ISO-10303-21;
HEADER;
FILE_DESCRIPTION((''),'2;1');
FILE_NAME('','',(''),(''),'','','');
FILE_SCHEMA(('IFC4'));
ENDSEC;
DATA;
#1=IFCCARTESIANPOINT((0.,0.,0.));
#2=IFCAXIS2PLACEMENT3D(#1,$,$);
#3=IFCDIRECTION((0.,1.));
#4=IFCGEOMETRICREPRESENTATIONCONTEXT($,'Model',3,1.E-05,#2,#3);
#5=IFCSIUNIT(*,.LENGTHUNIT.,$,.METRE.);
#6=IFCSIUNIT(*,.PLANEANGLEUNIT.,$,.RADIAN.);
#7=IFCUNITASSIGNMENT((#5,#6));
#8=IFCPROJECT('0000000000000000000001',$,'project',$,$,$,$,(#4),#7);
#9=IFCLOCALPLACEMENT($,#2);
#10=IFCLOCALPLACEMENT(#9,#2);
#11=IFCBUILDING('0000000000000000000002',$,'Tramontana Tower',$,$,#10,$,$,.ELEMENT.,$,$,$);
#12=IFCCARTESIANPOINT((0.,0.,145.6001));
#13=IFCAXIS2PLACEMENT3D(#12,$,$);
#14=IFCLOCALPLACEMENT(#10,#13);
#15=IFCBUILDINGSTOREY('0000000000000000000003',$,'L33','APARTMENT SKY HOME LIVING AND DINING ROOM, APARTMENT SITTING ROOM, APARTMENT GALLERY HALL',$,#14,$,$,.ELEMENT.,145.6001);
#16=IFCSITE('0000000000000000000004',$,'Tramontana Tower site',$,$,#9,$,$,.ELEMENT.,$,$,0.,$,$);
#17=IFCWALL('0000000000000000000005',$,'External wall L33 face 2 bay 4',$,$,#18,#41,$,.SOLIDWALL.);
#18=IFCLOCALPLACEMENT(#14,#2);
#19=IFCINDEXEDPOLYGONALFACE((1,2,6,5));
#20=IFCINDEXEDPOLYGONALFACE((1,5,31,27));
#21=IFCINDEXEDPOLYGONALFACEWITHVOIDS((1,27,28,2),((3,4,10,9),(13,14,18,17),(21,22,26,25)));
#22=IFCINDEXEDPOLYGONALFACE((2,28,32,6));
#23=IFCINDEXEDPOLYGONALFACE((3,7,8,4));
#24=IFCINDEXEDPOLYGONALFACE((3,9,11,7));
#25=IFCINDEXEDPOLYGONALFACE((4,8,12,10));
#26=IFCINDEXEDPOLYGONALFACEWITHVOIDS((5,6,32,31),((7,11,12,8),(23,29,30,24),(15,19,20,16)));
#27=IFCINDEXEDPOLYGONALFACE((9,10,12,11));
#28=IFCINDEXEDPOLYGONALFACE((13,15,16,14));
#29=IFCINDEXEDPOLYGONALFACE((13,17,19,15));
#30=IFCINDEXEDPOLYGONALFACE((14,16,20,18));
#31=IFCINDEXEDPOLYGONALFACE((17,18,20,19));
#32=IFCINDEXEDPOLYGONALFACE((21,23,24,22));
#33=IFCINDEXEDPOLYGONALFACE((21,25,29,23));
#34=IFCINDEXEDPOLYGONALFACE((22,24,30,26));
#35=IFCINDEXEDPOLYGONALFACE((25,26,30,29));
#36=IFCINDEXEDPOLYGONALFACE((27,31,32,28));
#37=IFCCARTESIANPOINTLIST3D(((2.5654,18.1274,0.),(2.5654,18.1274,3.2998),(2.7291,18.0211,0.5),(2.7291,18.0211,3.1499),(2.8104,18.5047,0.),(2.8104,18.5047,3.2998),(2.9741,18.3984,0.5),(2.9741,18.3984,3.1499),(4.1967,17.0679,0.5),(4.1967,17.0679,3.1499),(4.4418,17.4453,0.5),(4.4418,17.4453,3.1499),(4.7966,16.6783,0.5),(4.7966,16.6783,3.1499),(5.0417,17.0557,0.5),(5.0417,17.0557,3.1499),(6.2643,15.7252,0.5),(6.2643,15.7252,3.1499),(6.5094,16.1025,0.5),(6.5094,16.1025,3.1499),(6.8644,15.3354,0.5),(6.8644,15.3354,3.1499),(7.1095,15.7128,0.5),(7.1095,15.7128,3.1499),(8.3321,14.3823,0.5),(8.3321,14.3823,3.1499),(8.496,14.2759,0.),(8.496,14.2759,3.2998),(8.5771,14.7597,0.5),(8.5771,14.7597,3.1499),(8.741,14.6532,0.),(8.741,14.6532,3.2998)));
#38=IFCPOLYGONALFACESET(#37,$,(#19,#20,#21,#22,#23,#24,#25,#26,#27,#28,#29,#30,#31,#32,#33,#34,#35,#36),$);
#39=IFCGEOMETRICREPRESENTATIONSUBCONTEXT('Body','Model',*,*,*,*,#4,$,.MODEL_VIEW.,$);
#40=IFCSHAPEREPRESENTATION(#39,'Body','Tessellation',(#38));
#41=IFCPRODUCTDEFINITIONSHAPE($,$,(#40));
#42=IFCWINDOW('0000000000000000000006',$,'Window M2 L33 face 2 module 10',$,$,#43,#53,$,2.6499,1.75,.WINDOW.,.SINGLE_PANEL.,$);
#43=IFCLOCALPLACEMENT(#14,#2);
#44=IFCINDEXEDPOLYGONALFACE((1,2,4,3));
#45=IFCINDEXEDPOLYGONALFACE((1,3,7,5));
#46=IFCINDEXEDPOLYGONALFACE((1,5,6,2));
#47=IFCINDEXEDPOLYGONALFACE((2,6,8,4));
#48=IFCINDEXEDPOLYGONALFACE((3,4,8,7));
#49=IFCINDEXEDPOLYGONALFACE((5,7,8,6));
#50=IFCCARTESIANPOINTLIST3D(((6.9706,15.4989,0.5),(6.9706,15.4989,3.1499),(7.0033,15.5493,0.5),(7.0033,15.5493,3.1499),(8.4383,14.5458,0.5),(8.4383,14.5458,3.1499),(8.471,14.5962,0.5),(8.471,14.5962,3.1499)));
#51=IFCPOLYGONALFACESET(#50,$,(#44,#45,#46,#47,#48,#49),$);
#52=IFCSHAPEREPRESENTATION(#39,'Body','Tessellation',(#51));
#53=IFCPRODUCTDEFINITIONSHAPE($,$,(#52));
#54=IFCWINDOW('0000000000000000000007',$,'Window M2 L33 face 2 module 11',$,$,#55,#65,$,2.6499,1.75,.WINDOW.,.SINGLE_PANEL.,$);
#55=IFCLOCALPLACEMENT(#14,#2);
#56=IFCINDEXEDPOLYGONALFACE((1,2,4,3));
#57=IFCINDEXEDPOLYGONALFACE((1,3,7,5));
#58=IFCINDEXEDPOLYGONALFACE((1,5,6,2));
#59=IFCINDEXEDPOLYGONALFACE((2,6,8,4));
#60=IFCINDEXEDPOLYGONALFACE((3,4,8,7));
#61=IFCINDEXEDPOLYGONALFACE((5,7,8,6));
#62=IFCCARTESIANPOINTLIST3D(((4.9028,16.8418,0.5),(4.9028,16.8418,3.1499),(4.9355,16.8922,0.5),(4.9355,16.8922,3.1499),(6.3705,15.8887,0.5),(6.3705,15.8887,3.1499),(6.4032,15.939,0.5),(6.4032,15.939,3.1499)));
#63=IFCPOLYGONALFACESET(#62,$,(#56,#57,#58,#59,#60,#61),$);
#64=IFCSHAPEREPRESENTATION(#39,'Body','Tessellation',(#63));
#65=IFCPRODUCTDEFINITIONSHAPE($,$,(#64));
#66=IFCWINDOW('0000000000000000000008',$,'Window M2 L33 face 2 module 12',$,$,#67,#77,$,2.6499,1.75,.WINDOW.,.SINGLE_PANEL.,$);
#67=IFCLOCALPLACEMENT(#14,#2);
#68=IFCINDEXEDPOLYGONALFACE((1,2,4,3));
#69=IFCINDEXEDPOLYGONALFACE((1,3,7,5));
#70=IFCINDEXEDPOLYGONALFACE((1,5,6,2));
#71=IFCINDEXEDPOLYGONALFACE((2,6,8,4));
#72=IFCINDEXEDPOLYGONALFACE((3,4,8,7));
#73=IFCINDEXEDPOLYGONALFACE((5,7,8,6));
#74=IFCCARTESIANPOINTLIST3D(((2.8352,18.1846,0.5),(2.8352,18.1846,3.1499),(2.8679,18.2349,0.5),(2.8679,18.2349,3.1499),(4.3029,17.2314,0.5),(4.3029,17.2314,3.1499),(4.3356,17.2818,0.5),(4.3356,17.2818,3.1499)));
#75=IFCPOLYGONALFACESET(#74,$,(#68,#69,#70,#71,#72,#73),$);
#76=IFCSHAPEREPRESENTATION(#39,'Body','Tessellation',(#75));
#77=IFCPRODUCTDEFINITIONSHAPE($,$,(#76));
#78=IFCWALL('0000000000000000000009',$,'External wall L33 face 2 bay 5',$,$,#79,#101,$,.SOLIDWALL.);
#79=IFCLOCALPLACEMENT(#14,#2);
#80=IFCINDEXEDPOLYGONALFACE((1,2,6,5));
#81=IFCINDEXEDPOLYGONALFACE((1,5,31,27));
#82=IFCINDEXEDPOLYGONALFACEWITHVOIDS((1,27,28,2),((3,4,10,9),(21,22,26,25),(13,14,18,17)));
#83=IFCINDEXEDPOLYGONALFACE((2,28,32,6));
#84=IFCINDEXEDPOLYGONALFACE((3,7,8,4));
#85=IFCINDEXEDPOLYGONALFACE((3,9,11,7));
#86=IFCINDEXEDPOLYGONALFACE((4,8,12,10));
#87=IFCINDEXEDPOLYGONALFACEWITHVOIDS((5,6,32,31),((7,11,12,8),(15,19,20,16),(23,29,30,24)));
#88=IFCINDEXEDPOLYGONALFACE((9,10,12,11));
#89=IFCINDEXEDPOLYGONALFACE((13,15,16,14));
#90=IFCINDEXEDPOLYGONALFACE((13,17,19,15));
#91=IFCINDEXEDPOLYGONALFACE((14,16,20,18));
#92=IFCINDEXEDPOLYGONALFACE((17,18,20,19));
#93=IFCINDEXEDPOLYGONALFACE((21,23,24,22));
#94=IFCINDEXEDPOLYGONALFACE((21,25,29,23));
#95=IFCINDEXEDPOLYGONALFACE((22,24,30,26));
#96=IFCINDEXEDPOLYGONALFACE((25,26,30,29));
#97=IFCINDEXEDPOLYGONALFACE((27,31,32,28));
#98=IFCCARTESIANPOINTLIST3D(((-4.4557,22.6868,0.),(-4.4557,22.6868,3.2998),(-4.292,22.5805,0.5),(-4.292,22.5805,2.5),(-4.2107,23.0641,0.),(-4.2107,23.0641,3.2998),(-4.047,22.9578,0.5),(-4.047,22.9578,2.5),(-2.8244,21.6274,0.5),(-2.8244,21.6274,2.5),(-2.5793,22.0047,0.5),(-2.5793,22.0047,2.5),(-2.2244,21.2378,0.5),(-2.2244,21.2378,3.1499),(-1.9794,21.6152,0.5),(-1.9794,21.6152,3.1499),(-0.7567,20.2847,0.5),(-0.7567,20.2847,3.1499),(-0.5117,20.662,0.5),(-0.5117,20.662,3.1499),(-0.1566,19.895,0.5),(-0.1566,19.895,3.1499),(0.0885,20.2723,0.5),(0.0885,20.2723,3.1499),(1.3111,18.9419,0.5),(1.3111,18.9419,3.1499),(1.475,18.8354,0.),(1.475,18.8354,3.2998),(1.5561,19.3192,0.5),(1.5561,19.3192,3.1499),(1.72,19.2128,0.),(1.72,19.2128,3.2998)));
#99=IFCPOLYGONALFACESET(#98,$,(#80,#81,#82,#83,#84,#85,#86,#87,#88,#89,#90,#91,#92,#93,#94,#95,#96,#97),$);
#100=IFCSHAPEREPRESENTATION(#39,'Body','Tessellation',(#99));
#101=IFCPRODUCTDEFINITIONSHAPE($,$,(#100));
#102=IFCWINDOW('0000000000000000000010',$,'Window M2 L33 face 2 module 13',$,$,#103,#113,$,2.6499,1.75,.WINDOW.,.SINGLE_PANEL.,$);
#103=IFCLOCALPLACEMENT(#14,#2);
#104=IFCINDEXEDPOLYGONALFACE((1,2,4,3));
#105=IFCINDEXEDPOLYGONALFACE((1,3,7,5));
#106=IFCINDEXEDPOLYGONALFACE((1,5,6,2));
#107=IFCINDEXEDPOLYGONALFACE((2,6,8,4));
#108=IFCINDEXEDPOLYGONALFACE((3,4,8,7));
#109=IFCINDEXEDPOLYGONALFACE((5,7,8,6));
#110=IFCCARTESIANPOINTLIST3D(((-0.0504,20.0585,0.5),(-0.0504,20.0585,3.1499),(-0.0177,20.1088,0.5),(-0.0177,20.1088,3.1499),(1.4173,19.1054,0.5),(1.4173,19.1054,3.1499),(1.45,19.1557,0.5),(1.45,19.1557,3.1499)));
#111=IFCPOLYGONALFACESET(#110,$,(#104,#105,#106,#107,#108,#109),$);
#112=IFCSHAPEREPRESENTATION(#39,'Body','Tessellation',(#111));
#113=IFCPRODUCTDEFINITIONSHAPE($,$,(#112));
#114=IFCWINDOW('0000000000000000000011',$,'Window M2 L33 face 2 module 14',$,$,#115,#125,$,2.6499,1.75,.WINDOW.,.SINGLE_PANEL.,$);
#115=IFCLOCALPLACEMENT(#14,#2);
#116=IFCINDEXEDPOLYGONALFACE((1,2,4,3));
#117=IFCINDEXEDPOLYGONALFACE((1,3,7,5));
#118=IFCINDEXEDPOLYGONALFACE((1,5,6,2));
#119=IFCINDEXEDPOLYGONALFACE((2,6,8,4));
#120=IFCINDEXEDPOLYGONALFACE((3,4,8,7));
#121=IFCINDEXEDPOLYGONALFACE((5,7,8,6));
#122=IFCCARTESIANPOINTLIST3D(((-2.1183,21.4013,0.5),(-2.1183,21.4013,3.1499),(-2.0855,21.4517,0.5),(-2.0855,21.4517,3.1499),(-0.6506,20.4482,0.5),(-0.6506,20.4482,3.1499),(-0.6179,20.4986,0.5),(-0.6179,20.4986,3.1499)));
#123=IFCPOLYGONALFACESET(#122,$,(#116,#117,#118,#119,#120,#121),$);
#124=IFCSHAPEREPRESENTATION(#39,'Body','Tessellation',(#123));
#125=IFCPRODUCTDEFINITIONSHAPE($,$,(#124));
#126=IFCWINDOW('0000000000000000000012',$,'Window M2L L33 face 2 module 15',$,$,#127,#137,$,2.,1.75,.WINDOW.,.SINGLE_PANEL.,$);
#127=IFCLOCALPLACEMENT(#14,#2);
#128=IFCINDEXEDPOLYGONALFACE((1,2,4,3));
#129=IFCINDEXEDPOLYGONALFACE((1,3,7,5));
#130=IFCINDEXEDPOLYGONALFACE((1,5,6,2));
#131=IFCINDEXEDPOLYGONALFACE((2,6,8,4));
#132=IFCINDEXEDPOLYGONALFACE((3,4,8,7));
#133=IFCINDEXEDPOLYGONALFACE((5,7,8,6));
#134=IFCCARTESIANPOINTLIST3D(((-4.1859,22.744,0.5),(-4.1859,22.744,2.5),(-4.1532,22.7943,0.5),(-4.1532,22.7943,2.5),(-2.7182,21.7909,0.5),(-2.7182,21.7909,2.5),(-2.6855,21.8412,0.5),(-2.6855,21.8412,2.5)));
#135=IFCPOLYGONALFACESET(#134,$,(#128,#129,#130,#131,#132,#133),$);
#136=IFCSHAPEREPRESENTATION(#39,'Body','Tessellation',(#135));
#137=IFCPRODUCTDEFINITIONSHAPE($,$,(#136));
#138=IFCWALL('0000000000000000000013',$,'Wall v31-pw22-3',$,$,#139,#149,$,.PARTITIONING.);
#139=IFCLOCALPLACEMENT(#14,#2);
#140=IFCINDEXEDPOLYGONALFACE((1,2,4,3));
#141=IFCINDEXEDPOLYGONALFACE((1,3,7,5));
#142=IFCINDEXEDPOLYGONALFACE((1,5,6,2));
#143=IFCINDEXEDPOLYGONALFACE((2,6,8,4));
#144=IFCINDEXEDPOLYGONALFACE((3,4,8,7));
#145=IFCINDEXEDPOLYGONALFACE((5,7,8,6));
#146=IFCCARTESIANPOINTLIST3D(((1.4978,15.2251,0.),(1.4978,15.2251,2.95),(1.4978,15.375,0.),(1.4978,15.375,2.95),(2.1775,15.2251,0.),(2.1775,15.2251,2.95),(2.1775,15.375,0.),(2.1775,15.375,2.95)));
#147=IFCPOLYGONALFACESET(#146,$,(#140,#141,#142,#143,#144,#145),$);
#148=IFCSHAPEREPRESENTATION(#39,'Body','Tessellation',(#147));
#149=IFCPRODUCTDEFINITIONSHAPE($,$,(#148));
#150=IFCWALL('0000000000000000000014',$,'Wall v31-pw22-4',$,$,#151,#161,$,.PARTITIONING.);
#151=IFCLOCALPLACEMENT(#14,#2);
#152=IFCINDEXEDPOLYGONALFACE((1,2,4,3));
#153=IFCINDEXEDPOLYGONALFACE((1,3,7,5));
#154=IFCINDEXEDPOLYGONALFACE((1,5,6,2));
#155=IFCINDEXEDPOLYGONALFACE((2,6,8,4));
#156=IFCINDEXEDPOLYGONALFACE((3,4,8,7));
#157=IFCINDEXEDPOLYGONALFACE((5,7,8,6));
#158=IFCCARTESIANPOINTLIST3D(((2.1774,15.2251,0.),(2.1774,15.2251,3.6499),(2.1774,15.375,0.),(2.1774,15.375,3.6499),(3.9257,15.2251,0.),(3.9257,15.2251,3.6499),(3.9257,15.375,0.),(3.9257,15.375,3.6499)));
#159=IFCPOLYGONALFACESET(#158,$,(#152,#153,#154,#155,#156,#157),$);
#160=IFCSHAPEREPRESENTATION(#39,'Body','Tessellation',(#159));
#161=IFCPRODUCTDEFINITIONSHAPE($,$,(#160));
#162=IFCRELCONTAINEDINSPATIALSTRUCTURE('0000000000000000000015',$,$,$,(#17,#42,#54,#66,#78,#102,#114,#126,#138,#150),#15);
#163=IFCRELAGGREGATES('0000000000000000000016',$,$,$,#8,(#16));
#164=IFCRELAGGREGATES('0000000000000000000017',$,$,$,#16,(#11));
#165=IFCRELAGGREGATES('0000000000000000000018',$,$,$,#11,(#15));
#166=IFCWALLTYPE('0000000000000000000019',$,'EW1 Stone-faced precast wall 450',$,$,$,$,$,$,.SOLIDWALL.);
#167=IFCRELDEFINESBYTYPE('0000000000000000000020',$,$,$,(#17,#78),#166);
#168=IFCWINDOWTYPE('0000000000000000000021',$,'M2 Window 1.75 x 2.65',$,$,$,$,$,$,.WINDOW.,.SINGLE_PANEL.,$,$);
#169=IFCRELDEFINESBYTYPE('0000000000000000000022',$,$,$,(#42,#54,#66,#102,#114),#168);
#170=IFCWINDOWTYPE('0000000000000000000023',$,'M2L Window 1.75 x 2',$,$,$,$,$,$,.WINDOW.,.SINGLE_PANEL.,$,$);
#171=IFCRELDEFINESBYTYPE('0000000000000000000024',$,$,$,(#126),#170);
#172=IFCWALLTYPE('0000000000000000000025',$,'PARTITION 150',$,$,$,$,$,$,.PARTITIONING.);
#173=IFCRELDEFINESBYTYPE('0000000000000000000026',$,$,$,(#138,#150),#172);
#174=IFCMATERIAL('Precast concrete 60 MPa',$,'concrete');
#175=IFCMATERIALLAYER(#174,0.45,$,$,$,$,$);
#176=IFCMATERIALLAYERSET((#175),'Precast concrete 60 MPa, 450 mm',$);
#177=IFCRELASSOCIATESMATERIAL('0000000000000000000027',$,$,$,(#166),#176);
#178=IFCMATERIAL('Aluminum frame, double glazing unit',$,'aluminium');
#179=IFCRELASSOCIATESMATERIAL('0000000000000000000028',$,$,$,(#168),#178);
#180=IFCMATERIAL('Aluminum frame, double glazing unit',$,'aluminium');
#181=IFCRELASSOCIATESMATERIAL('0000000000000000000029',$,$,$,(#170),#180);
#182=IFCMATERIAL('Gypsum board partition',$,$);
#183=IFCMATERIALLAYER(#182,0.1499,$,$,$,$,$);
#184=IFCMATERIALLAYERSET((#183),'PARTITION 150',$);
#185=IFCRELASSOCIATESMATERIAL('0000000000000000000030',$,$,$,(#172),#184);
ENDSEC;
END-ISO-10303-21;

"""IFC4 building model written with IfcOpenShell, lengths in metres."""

from ifc_helpers import new_model, si_unit, direction, frame, frame_2d, origin, place, context, subcontext, project, spatial, rectangle, extrude, material, layer, layer_set, type_object, element, fill, save


model = new_model("IFC4")

# Units and contexts
model_context = context("Model", 3, precision=1e-05, world=origin(), true_north=direction((0.0, 1.0)))
body_context = subcontext(model_context, "Body", "Model", "MODEL_VIEW")
ifc_project = project(units=[si_unit("LENGTHUNIT", "METRE"), si_unit("PLANEANGLEUNIT", "RADIAN")], contexts=[model_context])

# Site, building, storey
site_placement = place(None, origin())
site = spatial("IfcSite", under=ifc_project, at=site_placement, Name="Tramontana Tower site", CompositionType="ELEMENT", RefElevation=0.0)
building_placement = place(site_placement, origin())
building = spatial("IfcBuilding", under=site, at=building_placement, Name="Tramontana Tower", CompositionType="ELEMENT")
storey_placement = place(building_placement, frame((0.0, 0.0, 145.6001)))
storey = spatial("IfcBuildingStorey", under=building, at=storey_placement, Name="L33", Description="APARTMENT SKY HOME LIVING AND DINING ROOM, APARTMENT SITTING ROOM, APARTMENT GALLERY HALL", CompositionType="ELEMENT", Elevation=145.6001)

# Walls, openings, windows
ifc_material_1 = material(Name="Precast concrete 60 MPa", Category="concrete")
ifc_layer_1 = layer(ifc_material_1, 0.45)
ifc_layer_set_1 = layer_set([ifc_layer_1], Name="Precast concrete 60 MPa, 450 mm")
wall_type_1 = type_object("IfcWallType", Name="EW1 Stone-faced precast wall 450", PredefinedType="SOLIDWALL", material=ifc_layer_set_1)
wall_1_placement = place(storey_placement, frame((8.6184, 14.4646, 0.0), z_axis=(0.0, 0.0, 1.0), x_axis=(-0.838661, 0.544653, 0.0)))
wall_1 = element("IfcWall", 1, at=wall_1_placement, inside=storey, type_object=wall_type_1, Name="External wall L33 face 2 bay 4", PredefinedType="SOLIDWALL", context=body_context, shape_type="SweptSolid", body=[
    extrude(rectangle(XDim=7.0715, YDim=0.45, at=frame_2d((3.5356, 0.0))), origin(), (0.0, 0.0, 1.0), 3.2998),
])
opening_1_placement = place(wall_1_placement, frame((0.1953, 0.0, 0.5)))
opening_1 = element("IfcOpeningElement", 2, at=opening_1_placement, cuts=wall_1, PredefinedType="OPENING", context=body_context, shape_type="SweptSolid", body=[
    extrude(rectangle(XDim=1.75, YDim=2.6499, at=frame_2d((0.875, 1.325))), frame((0.0, 0.2349, 0.0), z_axis=(0.0, -1.0, 0.0), x_axis=(1.0, 0.0, 0.0)), (0.0, 0.0, 1.0), 0.47),
])
opening_2_placement = place(wall_1_placement, frame((2.6609, 0.0, 0.5)))
opening_2 = element("IfcOpeningElement", 3, at=opening_2_placement, cuts=wall_1, PredefinedType="OPENING", context=body_context, shape_type="SweptSolid", body=[
    extrude(rectangle(XDim=1.75, YDim=2.6499, at=frame_2d((0.875, 1.325))), frame((0.0, 0.2349, 0.0), z_axis=(0.0, -1.0, 0.0), x_axis=(1.0, 0.0, 0.0)), (0.0, 0.0, 1.0), 0.47),
])
opening_3_placement = place(wall_1_placement, frame((5.1262, 0.0, 0.5)))
opening_3 = element("IfcOpeningElement", 4, at=opening_3_placement, cuts=wall_1, PredefinedType="OPENING", context=body_context, shape_type="SweptSolid", body=[
    extrude(rectangle(XDim=1.75, YDim=2.6499, at=frame_2d((0.875, 1.325))), frame((0.0, 0.2349, 0.0), z_axis=(0.0, -1.0, 0.0), x_axis=(1.0, 0.0, 0.0)), (0.0, 0.0, 1.0), 0.47),
])
ifc_material_2 = material(Name="Aluminum frame, double glazing unit", Category="aluminium")
window_type_1 = type_object("IfcWindowType", Name="M2 Window 1.75 x 2.65", PartitioningType="SINGLE_PANEL", PredefinedType="WINDOW", material=ifc_material_2)
window_1_placement = place(opening_1_placement, origin())
window_1 = element("IfcWindow", 5, at=window_1_placement, inside=storey, type_object=window_type_1, Name="Window M2 L33 face 2 module 10", OverallHeight=2.6499, OverallWidth=1.75, PartitioningType="SINGLE_PANEL", PredefinedType="WINDOW", context=body_context, shape_type="SweptSolid", body=[
    extrude(rectangle(XDim=1.75, YDim=2.6499, at=frame_2d((0.875, 1.325))), frame((0.0, 0.03, 0.0), z_axis=(0.0, -1.0, 0.0), x_axis=(1.0, 0.0, 0.0)), (0.0, 0.0, 1.0), 0.0601),
])
fill(opening_1, window_1)
window_2_placement = place(opening_2_placement, origin())
window_2 = element("IfcWindow", 6, at=window_2_placement, inside=storey, type_object=window_type_1, Name="Window M2 L33 face 2 module 11", OverallHeight=2.6499, OverallWidth=1.75, PartitioningType="SINGLE_PANEL", PredefinedType="WINDOW", context=body_context, shape_type="SweptSolid", body=[
    extrude(rectangle(XDim=1.75, YDim=2.6499, at=frame_2d((0.875, 1.325))), frame((0.0, 0.03, 0.0), z_axis=(0.0, -1.0, 0.0), x_axis=(1.0, 0.0, 0.0)), (0.0, 0.0, 1.0), 0.0601),
])
fill(opening_2, window_2)
window_3_placement = place(opening_3_placement, origin())
window_3 = element("IfcWindow", 7, at=window_3_placement, inside=storey, type_object=window_type_1, Name="Window M2 L33 face 2 module 12", OverallHeight=2.6499, OverallWidth=1.75, PartitioningType="SINGLE_PANEL", PredefinedType="WINDOW", context=body_context, shape_type="SweptSolid", body=[
    extrude(rectangle(XDim=1.75, YDim=2.6499, at=frame_2d((0.875, 1.325))), frame((0.0, 0.03, 0.0), z_axis=(0.0, -1.0, 0.0), x_axis=(1.0, 0.0, 0.0)), (0.0, 0.0, 1.0), 0.0601),
])
fill(opening_3, window_3)
wall_2_placement = place(storey_placement, frame((1.5974, 19.0242, 0.0), z_axis=(0.0, 0.0, 1.0), x_axis=(-0.838677, 0.544629, 0.0)))
wall_2 = element("IfcWall", 8, at=wall_2_placement, inside=storey, type_object=wall_type_1, Name="External wall L33 face 2 bay 5", PredefinedType="SOLIDWALL", context=body_context, shape_type="SweptSolid", body=[
    extrude(rectangle(XDim=7.0715, YDim=0.45, at=frame_2d((3.5356, 0.0))), origin(), (0.0, 0.0, 1.0), 3.2998),
])
opening_4_placement = place(wall_2_placement, frame((0.1953, 0.0, 0.5)))
opening_4 = element("IfcOpeningElement", 9, at=opening_4_placement, cuts=wall_2, PredefinedType="OPENING", context=body_context, shape_type="SweptSolid", body=[
    extrude(rectangle(XDim=1.75, YDim=2.6499, at=frame_2d((0.875, 1.325))), frame((0.0, 0.2349, 0.0), z_axis=(0.0, -1.0, 0.0), x_axis=(1.0, 0.0, 0.0)), (0.0, 0.0, 1.0), 0.47),
])
opening_5_placement = place(wall_2_placement, frame((2.6609, 0.0, 0.5)))
opening_5 = element("IfcOpeningElement", 10, at=opening_5_placement, cuts=wall_2, PredefinedType="OPENING", context=body_context, shape_type="SweptSolid", body=[
    extrude(rectangle(XDim=1.75, YDim=2.6499, at=frame_2d((0.875, 1.325))), frame((0.0, 0.2349, 0.0), z_axis=(0.0, -1.0, 0.0), x_axis=(1.0, 0.0, 0.0)), (0.0, 0.0, 1.0), 0.47),
])
opening_6_placement = place(wall_2_placement, frame((5.1262, 0.0, 0.5)))
opening_6 = element("IfcOpeningElement", 11, at=opening_6_placement, cuts=wall_2, PredefinedType="OPENING", context=body_context, shape_type="SweptSolid", body=[
    extrude(rectangle(XDim=1.75, YDim=2.0, at=frame_2d((0.875, 1.0))), frame((0.0, 0.2349, 0.0), z_axis=(0.0, -1.0, 0.0), x_axis=(1.0, 0.0, 0.0)), (0.0, 0.0, 1.0), 0.47),
])
window_4_placement = place(opening_4_placement, origin())
window_4 = element("IfcWindow", 12, at=window_4_placement, inside=storey, type_object=window_type_1, Name="Window M2 L33 face 2 module 13", OverallHeight=2.6499, OverallWidth=1.75, PartitioningType="SINGLE_PANEL", PredefinedType="WINDOW", context=body_context, shape_type="SweptSolid", body=[
    extrude(rectangle(XDim=1.75, YDim=2.6499, at=frame_2d((0.875, 1.325))), frame((0.0, 0.03, 0.0), z_axis=(0.0, -1.0, 0.0), x_axis=(1.0, 0.0, 0.0)), (0.0, 0.0, 1.0), 0.0601),
])
fill(opening_4, window_4)
window_5_placement = place(opening_5_placement, origin())
window_5 = element("IfcWindow", 13, at=window_5_placement, inside=storey, type_object=window_type_1, Name="Window M2 L33 face 2 module 14", OverallHeight=2.6499, OverallWidth=1.75, PartitioningType="SINGLE_PANEL", PredefinedType="WINDOW", context=body_context, shape_type="SweptSolid", body=[
    extrude(rectangle(XDim=1.75, YDim=2.6499, at=frame_2d((0.875, 1.325))), frame((0.0, 0.03, 0.0), z_axis=(0.0, -1.0, 0.0), x_axis=(1.0, 0.0, 0.0)), (0.0, 0.0, 1.0), 0.0601),
])
fill(opening_5, window_5)
ifc_material_3 = material(Name="Aluminum frame, double glazing unit", Category="aluminium")
window_type_2 = type_object("IfcWindowType", Name="M2L Window 1.75 x 2", PartitioningType="SINGLE_PANEL", PredefinedType="WINDOW", material=ifc_material_3)
window_6_placement = place(opening_6_placement, origin())
window_6 = element("IfcWindow", 14, at=window_6_placement, inside=storey, type_object=window_type_2, Name="Window M2L L33 face 2 module 15", OverallHeight=2.0, OverallWidth=1.75, PartitioningType="SINGLE_PANEL", PredefinedType="WINDOW", context=body_context, shape_type="SweptSolid", body=[
    extrude(rectangle(XDim=1.75, YDim=2.0, at=frame_2d((0.875, 1.0))), frame((0.0, 0.03, 0.0), z_axis=(0.0, -1.0, 0.0), x_axis=(1.0, 0.0, 0.0)), (0.0, 0.0, 1.0), 0.0601),
])
fill(opening_6, window_6)

# Walls
ifc_material_4 = material(Name="Gypsum board partition")
ifc_layer_2 = layer(ifc_material_4, 0.1499)
ifc_layer_set_2 = layer_set([ifc_layer_2], Name="PARTITION 150")
wall_type_2 = type_object("IfcWallType", Name="PARTITION 150", PredefinedType="PARTITIONING", material=ifc_layer_set_2)
wall_3_placement = place(storey_placement, frame((1.4978, 15.3, 0.0), z_axis=(0.0, 0.0, 1.0), x_axis=(1.0, 0.0, 0.0)))
element("IfcWall", 15, at=wall_3_placement, inside=storey, type_object=wall_type_2, Name="Wall v31-pw22-3", PredefinedType="PARTITIONING", context=body_context, shape_type="SweptSolid", body=[
    extrude(rectangle(XDim=0.6797, YDim=0.1499, at=frame_2d((0.3398, 0.0))), origin(), (0.0, 0.0, 1.0), 2.95),
])
wall_4_placement = place(storey_placement, frame((2.1775, 15.3, 0.0), z_axis=(0.0, 0.0, 1.0), x_axis=(1.0, 0.0, 0.0)))
element("IfcWall", 16, at=wall_4_placement, inside=storey, type_object=wall_type_2, Name="Wall v31-pw22-4", PredefinedType="PARTITIONING", context=body_context, shape_type="SweptSolid", body=[
    extrude(rectangle(XDim=1.7483, YDim=0.1499, at=frame_2d((0.874, 0.0))), origin(), (0.0, 0.0, 1.0), 3.6499),
])

save(model, "model.ifc")
